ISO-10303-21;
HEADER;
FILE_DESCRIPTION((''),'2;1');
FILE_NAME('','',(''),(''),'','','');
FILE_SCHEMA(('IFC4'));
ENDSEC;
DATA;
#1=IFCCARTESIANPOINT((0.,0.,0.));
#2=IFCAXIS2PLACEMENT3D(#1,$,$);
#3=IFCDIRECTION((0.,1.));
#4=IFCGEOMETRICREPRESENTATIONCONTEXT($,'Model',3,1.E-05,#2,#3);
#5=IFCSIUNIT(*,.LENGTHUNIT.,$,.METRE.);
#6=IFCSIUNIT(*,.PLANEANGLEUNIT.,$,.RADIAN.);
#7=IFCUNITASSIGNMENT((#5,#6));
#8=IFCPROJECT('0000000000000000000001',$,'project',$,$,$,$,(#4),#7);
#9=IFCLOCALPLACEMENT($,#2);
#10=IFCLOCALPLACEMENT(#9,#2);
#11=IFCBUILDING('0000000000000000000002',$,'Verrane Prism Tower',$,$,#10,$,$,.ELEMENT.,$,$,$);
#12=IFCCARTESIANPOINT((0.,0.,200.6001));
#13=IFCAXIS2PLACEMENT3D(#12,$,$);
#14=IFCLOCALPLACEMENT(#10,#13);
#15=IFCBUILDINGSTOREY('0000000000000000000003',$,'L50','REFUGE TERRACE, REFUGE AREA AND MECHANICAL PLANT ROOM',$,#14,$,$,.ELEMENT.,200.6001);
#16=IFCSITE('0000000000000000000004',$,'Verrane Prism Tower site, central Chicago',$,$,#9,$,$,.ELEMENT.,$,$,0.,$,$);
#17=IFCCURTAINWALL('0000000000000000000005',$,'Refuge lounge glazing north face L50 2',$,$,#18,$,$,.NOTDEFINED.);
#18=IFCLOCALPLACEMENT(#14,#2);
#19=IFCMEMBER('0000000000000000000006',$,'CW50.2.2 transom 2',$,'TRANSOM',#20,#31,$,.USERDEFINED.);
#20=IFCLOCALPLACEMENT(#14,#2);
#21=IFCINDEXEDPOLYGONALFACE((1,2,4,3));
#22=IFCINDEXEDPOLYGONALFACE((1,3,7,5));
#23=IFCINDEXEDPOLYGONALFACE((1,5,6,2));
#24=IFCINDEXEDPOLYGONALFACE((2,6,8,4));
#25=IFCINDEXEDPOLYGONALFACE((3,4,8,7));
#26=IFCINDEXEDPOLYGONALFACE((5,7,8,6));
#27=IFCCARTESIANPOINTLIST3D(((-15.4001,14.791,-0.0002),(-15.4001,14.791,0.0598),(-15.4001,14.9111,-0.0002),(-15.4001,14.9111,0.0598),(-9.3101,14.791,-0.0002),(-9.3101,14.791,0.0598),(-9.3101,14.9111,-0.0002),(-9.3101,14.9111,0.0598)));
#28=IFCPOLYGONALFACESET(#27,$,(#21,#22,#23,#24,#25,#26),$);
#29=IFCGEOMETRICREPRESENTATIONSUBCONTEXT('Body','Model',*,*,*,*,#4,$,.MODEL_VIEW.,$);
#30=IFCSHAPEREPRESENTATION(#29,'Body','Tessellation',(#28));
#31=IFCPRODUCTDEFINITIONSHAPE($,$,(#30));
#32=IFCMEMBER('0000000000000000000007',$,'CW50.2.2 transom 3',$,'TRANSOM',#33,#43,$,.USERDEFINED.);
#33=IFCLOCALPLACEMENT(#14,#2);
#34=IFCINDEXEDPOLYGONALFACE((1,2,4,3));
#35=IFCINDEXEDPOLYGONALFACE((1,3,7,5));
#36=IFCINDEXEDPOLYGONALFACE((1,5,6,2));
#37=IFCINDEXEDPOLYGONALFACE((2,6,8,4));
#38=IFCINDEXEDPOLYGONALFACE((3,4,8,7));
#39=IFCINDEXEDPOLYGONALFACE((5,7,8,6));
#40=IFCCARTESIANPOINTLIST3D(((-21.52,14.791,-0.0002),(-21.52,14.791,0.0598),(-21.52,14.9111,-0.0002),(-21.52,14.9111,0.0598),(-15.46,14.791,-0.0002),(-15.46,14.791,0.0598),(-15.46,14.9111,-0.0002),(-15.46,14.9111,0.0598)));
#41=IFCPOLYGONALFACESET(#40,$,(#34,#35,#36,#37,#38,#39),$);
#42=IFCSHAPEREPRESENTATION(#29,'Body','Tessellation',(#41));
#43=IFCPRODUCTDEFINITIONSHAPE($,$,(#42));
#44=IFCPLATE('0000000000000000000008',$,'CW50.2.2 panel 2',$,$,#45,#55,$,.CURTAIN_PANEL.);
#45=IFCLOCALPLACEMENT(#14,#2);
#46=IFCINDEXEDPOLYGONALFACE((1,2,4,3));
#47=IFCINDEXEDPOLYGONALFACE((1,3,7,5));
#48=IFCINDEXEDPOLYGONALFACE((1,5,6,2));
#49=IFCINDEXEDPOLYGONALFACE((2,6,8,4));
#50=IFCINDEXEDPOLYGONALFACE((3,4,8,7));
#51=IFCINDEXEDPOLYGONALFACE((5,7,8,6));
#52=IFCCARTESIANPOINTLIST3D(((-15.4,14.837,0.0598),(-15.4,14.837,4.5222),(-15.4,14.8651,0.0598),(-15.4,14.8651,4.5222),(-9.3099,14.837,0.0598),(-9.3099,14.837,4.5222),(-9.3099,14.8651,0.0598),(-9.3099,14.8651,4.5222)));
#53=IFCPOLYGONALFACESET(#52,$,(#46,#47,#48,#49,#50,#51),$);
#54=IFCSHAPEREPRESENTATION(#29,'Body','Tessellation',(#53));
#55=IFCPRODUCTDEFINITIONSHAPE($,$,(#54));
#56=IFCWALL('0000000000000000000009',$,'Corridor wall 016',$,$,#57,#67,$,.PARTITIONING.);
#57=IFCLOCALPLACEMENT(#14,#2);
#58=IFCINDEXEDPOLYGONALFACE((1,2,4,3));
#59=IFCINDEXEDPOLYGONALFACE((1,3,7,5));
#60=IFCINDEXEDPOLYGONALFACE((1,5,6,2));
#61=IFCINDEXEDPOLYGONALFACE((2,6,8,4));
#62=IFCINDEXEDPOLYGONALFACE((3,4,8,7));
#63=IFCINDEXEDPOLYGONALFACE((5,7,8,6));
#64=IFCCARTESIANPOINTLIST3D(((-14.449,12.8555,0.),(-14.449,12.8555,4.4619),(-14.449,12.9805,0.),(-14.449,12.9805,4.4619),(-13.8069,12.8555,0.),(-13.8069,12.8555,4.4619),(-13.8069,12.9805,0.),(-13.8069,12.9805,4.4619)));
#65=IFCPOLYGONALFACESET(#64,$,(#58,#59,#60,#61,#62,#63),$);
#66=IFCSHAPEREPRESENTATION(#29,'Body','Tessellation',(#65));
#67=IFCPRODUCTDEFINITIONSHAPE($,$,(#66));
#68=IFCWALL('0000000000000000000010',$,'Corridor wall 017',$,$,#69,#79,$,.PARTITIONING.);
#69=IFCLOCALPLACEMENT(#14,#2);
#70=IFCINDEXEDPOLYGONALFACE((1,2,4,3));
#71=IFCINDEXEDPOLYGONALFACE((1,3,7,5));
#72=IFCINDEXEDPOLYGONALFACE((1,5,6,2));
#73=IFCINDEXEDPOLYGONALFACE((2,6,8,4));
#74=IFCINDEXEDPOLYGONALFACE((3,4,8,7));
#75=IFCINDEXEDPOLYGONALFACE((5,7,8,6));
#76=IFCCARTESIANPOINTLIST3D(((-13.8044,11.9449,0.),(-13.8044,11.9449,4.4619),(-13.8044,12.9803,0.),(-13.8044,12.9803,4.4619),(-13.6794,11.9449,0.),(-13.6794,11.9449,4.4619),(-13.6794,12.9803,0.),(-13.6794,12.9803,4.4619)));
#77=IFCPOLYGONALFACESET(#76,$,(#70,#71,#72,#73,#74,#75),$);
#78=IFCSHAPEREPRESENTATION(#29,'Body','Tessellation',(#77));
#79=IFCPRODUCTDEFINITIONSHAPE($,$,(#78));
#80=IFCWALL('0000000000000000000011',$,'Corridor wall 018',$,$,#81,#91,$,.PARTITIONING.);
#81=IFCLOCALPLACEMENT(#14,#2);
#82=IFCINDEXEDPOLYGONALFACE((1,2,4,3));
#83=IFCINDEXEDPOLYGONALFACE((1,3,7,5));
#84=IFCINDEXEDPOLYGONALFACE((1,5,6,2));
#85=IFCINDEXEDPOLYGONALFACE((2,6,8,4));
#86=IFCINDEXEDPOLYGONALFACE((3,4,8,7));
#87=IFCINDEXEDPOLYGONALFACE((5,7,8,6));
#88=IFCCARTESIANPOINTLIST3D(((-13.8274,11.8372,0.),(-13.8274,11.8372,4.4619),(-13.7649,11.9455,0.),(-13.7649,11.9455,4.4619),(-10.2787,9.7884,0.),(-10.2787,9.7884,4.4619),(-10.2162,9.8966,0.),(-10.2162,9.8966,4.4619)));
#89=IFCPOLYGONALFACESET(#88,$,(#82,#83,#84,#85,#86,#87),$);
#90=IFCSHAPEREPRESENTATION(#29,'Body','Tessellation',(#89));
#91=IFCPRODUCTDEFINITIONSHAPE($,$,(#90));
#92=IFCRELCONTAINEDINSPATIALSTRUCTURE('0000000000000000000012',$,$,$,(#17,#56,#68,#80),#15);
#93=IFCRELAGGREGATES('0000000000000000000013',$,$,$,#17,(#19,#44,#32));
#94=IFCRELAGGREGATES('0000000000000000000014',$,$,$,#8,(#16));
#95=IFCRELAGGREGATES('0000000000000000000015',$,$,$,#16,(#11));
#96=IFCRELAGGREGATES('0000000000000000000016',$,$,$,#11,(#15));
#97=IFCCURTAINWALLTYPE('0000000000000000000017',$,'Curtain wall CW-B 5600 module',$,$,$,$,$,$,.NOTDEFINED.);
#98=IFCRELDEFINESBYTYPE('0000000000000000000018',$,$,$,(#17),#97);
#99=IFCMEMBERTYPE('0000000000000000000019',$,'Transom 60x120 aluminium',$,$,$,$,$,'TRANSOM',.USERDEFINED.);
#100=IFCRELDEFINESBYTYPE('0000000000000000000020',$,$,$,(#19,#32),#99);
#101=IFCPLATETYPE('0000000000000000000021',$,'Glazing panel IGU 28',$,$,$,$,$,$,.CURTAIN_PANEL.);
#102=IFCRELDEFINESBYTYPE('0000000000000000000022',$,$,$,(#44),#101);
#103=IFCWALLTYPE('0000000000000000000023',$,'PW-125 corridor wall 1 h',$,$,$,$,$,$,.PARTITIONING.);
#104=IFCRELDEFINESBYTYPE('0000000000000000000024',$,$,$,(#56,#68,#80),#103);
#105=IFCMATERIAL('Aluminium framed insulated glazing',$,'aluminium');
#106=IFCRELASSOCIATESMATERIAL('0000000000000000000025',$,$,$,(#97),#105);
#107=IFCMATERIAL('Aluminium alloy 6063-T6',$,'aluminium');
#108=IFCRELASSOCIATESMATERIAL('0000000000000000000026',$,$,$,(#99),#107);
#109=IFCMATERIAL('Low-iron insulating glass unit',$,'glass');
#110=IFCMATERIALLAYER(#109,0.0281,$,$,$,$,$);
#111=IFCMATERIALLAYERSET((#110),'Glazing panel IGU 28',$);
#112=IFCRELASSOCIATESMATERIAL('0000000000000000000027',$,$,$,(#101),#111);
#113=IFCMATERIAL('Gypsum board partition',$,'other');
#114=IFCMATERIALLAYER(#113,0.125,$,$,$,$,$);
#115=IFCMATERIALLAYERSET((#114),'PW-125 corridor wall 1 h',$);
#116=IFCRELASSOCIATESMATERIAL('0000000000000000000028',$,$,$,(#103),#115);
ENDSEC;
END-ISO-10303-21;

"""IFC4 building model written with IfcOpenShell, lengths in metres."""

from ifc_helpers import new_model, si_unit, direction, frame, frame_2d, origin, origin_2d, place, context, subcontext, project, spatial, rectangle, extrude, material, layer, layer_set, material_profile, profile_set, type_object, element, aggregate, save


model = new_model("IFC4")

# Units and contexts
model_context = context("Model", 3, precision=1e-05, world=origin(), true_north=direction((0.0, 1.0)))
body_context = subcontext(model_context, "Body", "Model", "MODEL_VIEW")
ifc_project = project(units=[si_unit("LENGTHUNIT", "METRE"), si_unit("PLANEANGLEUNIT", "RADIAN")], contexts=[model_context])

# Site, building, storey
site_placement = place(None, origin())
site = spatial("IfcSite", under=ifc_project, at=site_placement, Name="Verrane Prism Tower site, central Chicago", CompositionType="ELEMENT", RefElevation=0.0)
building_placement = place(site_placement, origin())
building = spatial("IfcBuilding", under=site, at=building_placement, Name="Verrane Prism Tower", CompositionType="ELEMENT")
storey_placement = place(building_placement, frame((0.0, 0.0, 200.6001)))
storey = spatial("IfcBuildingStorey", under=building, at=storey_placement, Name="L50", Description="REFUGE TERRACE, REFUGE AREA AND MECHANICAL PLANT ROOM", CompositionType="ELEMENT", Elevation=200.6001)

# Curtain wall
ifc_material_1 = material(Name="Aluminium framed insulated glazing", Category="aluminium")
curtain_wall_type = type_object("IfcCurtainWallType", Name="Curtain wall CW-B 5600 module", PredefinedType="NOTDEFINED", material=ifc_material_1)
curtain_wall_placement = place(storey_placement, origin())
curtain_wall = element("IfcCurtainWall", 1, at=curtain_wall_placement, inside=storey, type_object=curtain_wall_type, Name="Refuge lounge glazing north face L50 2", PredefinedType="NOTDEFINED")

# Members
ifc_material_2 = material(Name="Aluminium alloy 6063-T6", Category="aluminium")
ifc_material_profile_1 = material_profile(ifc_material_2, rectangle(XDim=0.1201, YDim=0.0601, at=origin_2d()), Name="Transom 60x120 aluminium")
ifc_profile_set_1 = profile_set([ifc_material_profile_1], Name="Aluminium alloy 6063-T6")
member_type_1 = type_object("IfcMemberType", Name="Transom 60x120 aluminium", ElementType="TRANSOM", PredefinedType="USERDEFINED", material=ifc_profile_set_1)
member_1_placement = place(storey_placement, frame((-9.3101, 14.8511, 0.0298), z_axis=(-1.0, 0.0, 0.0), x_axis=(0.0, -1.0, 0.0)))
member_1 = element("IfcMember", 2, at=member_1_placement, type_object=member_type_1, Name="CW50.2.2 transom 2", ObjectType="TRANSOM", PredefinedType="USERDEFINED", context=body_context, shape_type="SweptSolid", body=[
    extrude(rectangle(XDim=0.1201, YDim=0.0601, at=origin_2d()), origin(), (0.0, 0.0, 1.0), 6.0901),
])
member_2_placement = place(storey_placement, frame((-15.46, 14.8511, 0.0298), z_axis=(-1.0, 0.0, 0.0), x_axis=(0.0, -1.0, 0.0)))
member_2 = element("IfcMember", 3, at=member_2_placement, type_object=member_type_1, Name="CW50.2.2 transom 3", ObjectType="TRANSOM", PredefinedType="USERDEFINED", context=body_context, shape_type="SweptSolid", body=[
    extrude(rectangle(XDim=0.1201, YDim=0.0601, at=origin_2d()), origin(), (0.0, 0.0, 1.0), 6.0601),
])

# Plate
ifc_material_3 = material(Name="Low-iron insulating glass unit", Category="glass")
ifc_layer_1 = layer(ifc_material_3, 0.0281)
ifc_layer_set_1 = layer_set([ifc_layer_1], Name="Glazing panel IGU 28")
plate_type = type_object("IfcPlateType", Name="Glazing panel IGU 28", PredefinedType="CURTAIN_PANEL", material=ifc_layer_set_1)
plate_placement = place(storey_placement, frame((-12.355, 14.8511, 0.0598), z_axis=(0.0, 0.0, 1.0), x_axis=(-1.0, 0.0, 0.0)))
plate = element("IfcPlate", 4, at=plate_placement, type_object=plate_type, Name="CW50.2.2 panel 2", PredefinedType="CURTAIN_PANEL", context=body_context, shape_type="SweptSolid", body=[
    extrude(rectangle(XDim=6.0901, YDim=0.0281, at=origin_2d()), origin(), (0.0, 0.0, 1.0), 4.4624),
])
aggregate(curtain_wall, [member_1, plate, member_2])

# Walls
ifc_material_4 = material(Name="Gypsum board partition", Category="other")
ifc_layer_2 = layer(ifc_material_4, 0.125)
ifc_layer_set_2 = layer_set([ifc_layer_2], Name="PW-125 corridor wall 1 h")
wall_type = type_object("IfcWallType", Name="PW-125 corridor wall 1 h", PredefinedType="PARTITIONING", material=ifc_layer_set_2)
wall_1_placement = place(storey_placement, frame((-14.449, 12.918, 0.0), z_axis=(0.0, 0.0, 1.0), x_axis=(1.0, 0.0, 0.0)))
element("IfcWall", 5, at=wall_1_placement, inside=storey, type_object=wall_type, Name="Corridor wall 016", PredefinedType="PARTITIONING", context=body_context, shape_type="SweptSolid", body=[
    extrude(rectangle(XDim=0.6421, YDim=0.125, at=frame_2d((0.321, 0.0))), origin(), (0.0, 0.0, 1.0), 4.4619),
])
wall_2_placement = place(storey_placement, frame((-13.7419, 11.9451, 0.0), z_axis=(0.0, 0.0, 1.0), x_axis=(0.0, 1.0, 0.0)))
element("IfcWall", 6, at=wall_2_placement, inside=storey, type_object=wall_type, Name="Corridor wall 017", PredefinedType="PARTITIONING", context=body_context, shape_type="SweptSolid", body=[
    extrude(rectangle(XDim=1.0354, YDim=0.125, at=frame_2d((0.5176, 0.0))), origin(), (0.0, 0.0, 1.0), 4.4619),
])
wall_3_placement = place(storey_placement, frame((-13.7961, 11.8914, 0.0), z_axis=(0.0, 0.0, 1.0), x_axis=(0.86602, -0.50001, 0.0)))
element("IfcWall", 7, at=wall_3_placement, inside=storey, type_object=wall_type, Name="Corridor wall 018", PredefinedType="PARTITIONING", context=body_context, shape_type="SweptSolid", body=[
    extrude(rectangle(XDim=4.0977, YDim=0.125, at=frame_2d((2.0488, 0.0))), origin(), (0.0, 0.0, 1.0), 4.4619),
])

save(model, "model.ifc")
